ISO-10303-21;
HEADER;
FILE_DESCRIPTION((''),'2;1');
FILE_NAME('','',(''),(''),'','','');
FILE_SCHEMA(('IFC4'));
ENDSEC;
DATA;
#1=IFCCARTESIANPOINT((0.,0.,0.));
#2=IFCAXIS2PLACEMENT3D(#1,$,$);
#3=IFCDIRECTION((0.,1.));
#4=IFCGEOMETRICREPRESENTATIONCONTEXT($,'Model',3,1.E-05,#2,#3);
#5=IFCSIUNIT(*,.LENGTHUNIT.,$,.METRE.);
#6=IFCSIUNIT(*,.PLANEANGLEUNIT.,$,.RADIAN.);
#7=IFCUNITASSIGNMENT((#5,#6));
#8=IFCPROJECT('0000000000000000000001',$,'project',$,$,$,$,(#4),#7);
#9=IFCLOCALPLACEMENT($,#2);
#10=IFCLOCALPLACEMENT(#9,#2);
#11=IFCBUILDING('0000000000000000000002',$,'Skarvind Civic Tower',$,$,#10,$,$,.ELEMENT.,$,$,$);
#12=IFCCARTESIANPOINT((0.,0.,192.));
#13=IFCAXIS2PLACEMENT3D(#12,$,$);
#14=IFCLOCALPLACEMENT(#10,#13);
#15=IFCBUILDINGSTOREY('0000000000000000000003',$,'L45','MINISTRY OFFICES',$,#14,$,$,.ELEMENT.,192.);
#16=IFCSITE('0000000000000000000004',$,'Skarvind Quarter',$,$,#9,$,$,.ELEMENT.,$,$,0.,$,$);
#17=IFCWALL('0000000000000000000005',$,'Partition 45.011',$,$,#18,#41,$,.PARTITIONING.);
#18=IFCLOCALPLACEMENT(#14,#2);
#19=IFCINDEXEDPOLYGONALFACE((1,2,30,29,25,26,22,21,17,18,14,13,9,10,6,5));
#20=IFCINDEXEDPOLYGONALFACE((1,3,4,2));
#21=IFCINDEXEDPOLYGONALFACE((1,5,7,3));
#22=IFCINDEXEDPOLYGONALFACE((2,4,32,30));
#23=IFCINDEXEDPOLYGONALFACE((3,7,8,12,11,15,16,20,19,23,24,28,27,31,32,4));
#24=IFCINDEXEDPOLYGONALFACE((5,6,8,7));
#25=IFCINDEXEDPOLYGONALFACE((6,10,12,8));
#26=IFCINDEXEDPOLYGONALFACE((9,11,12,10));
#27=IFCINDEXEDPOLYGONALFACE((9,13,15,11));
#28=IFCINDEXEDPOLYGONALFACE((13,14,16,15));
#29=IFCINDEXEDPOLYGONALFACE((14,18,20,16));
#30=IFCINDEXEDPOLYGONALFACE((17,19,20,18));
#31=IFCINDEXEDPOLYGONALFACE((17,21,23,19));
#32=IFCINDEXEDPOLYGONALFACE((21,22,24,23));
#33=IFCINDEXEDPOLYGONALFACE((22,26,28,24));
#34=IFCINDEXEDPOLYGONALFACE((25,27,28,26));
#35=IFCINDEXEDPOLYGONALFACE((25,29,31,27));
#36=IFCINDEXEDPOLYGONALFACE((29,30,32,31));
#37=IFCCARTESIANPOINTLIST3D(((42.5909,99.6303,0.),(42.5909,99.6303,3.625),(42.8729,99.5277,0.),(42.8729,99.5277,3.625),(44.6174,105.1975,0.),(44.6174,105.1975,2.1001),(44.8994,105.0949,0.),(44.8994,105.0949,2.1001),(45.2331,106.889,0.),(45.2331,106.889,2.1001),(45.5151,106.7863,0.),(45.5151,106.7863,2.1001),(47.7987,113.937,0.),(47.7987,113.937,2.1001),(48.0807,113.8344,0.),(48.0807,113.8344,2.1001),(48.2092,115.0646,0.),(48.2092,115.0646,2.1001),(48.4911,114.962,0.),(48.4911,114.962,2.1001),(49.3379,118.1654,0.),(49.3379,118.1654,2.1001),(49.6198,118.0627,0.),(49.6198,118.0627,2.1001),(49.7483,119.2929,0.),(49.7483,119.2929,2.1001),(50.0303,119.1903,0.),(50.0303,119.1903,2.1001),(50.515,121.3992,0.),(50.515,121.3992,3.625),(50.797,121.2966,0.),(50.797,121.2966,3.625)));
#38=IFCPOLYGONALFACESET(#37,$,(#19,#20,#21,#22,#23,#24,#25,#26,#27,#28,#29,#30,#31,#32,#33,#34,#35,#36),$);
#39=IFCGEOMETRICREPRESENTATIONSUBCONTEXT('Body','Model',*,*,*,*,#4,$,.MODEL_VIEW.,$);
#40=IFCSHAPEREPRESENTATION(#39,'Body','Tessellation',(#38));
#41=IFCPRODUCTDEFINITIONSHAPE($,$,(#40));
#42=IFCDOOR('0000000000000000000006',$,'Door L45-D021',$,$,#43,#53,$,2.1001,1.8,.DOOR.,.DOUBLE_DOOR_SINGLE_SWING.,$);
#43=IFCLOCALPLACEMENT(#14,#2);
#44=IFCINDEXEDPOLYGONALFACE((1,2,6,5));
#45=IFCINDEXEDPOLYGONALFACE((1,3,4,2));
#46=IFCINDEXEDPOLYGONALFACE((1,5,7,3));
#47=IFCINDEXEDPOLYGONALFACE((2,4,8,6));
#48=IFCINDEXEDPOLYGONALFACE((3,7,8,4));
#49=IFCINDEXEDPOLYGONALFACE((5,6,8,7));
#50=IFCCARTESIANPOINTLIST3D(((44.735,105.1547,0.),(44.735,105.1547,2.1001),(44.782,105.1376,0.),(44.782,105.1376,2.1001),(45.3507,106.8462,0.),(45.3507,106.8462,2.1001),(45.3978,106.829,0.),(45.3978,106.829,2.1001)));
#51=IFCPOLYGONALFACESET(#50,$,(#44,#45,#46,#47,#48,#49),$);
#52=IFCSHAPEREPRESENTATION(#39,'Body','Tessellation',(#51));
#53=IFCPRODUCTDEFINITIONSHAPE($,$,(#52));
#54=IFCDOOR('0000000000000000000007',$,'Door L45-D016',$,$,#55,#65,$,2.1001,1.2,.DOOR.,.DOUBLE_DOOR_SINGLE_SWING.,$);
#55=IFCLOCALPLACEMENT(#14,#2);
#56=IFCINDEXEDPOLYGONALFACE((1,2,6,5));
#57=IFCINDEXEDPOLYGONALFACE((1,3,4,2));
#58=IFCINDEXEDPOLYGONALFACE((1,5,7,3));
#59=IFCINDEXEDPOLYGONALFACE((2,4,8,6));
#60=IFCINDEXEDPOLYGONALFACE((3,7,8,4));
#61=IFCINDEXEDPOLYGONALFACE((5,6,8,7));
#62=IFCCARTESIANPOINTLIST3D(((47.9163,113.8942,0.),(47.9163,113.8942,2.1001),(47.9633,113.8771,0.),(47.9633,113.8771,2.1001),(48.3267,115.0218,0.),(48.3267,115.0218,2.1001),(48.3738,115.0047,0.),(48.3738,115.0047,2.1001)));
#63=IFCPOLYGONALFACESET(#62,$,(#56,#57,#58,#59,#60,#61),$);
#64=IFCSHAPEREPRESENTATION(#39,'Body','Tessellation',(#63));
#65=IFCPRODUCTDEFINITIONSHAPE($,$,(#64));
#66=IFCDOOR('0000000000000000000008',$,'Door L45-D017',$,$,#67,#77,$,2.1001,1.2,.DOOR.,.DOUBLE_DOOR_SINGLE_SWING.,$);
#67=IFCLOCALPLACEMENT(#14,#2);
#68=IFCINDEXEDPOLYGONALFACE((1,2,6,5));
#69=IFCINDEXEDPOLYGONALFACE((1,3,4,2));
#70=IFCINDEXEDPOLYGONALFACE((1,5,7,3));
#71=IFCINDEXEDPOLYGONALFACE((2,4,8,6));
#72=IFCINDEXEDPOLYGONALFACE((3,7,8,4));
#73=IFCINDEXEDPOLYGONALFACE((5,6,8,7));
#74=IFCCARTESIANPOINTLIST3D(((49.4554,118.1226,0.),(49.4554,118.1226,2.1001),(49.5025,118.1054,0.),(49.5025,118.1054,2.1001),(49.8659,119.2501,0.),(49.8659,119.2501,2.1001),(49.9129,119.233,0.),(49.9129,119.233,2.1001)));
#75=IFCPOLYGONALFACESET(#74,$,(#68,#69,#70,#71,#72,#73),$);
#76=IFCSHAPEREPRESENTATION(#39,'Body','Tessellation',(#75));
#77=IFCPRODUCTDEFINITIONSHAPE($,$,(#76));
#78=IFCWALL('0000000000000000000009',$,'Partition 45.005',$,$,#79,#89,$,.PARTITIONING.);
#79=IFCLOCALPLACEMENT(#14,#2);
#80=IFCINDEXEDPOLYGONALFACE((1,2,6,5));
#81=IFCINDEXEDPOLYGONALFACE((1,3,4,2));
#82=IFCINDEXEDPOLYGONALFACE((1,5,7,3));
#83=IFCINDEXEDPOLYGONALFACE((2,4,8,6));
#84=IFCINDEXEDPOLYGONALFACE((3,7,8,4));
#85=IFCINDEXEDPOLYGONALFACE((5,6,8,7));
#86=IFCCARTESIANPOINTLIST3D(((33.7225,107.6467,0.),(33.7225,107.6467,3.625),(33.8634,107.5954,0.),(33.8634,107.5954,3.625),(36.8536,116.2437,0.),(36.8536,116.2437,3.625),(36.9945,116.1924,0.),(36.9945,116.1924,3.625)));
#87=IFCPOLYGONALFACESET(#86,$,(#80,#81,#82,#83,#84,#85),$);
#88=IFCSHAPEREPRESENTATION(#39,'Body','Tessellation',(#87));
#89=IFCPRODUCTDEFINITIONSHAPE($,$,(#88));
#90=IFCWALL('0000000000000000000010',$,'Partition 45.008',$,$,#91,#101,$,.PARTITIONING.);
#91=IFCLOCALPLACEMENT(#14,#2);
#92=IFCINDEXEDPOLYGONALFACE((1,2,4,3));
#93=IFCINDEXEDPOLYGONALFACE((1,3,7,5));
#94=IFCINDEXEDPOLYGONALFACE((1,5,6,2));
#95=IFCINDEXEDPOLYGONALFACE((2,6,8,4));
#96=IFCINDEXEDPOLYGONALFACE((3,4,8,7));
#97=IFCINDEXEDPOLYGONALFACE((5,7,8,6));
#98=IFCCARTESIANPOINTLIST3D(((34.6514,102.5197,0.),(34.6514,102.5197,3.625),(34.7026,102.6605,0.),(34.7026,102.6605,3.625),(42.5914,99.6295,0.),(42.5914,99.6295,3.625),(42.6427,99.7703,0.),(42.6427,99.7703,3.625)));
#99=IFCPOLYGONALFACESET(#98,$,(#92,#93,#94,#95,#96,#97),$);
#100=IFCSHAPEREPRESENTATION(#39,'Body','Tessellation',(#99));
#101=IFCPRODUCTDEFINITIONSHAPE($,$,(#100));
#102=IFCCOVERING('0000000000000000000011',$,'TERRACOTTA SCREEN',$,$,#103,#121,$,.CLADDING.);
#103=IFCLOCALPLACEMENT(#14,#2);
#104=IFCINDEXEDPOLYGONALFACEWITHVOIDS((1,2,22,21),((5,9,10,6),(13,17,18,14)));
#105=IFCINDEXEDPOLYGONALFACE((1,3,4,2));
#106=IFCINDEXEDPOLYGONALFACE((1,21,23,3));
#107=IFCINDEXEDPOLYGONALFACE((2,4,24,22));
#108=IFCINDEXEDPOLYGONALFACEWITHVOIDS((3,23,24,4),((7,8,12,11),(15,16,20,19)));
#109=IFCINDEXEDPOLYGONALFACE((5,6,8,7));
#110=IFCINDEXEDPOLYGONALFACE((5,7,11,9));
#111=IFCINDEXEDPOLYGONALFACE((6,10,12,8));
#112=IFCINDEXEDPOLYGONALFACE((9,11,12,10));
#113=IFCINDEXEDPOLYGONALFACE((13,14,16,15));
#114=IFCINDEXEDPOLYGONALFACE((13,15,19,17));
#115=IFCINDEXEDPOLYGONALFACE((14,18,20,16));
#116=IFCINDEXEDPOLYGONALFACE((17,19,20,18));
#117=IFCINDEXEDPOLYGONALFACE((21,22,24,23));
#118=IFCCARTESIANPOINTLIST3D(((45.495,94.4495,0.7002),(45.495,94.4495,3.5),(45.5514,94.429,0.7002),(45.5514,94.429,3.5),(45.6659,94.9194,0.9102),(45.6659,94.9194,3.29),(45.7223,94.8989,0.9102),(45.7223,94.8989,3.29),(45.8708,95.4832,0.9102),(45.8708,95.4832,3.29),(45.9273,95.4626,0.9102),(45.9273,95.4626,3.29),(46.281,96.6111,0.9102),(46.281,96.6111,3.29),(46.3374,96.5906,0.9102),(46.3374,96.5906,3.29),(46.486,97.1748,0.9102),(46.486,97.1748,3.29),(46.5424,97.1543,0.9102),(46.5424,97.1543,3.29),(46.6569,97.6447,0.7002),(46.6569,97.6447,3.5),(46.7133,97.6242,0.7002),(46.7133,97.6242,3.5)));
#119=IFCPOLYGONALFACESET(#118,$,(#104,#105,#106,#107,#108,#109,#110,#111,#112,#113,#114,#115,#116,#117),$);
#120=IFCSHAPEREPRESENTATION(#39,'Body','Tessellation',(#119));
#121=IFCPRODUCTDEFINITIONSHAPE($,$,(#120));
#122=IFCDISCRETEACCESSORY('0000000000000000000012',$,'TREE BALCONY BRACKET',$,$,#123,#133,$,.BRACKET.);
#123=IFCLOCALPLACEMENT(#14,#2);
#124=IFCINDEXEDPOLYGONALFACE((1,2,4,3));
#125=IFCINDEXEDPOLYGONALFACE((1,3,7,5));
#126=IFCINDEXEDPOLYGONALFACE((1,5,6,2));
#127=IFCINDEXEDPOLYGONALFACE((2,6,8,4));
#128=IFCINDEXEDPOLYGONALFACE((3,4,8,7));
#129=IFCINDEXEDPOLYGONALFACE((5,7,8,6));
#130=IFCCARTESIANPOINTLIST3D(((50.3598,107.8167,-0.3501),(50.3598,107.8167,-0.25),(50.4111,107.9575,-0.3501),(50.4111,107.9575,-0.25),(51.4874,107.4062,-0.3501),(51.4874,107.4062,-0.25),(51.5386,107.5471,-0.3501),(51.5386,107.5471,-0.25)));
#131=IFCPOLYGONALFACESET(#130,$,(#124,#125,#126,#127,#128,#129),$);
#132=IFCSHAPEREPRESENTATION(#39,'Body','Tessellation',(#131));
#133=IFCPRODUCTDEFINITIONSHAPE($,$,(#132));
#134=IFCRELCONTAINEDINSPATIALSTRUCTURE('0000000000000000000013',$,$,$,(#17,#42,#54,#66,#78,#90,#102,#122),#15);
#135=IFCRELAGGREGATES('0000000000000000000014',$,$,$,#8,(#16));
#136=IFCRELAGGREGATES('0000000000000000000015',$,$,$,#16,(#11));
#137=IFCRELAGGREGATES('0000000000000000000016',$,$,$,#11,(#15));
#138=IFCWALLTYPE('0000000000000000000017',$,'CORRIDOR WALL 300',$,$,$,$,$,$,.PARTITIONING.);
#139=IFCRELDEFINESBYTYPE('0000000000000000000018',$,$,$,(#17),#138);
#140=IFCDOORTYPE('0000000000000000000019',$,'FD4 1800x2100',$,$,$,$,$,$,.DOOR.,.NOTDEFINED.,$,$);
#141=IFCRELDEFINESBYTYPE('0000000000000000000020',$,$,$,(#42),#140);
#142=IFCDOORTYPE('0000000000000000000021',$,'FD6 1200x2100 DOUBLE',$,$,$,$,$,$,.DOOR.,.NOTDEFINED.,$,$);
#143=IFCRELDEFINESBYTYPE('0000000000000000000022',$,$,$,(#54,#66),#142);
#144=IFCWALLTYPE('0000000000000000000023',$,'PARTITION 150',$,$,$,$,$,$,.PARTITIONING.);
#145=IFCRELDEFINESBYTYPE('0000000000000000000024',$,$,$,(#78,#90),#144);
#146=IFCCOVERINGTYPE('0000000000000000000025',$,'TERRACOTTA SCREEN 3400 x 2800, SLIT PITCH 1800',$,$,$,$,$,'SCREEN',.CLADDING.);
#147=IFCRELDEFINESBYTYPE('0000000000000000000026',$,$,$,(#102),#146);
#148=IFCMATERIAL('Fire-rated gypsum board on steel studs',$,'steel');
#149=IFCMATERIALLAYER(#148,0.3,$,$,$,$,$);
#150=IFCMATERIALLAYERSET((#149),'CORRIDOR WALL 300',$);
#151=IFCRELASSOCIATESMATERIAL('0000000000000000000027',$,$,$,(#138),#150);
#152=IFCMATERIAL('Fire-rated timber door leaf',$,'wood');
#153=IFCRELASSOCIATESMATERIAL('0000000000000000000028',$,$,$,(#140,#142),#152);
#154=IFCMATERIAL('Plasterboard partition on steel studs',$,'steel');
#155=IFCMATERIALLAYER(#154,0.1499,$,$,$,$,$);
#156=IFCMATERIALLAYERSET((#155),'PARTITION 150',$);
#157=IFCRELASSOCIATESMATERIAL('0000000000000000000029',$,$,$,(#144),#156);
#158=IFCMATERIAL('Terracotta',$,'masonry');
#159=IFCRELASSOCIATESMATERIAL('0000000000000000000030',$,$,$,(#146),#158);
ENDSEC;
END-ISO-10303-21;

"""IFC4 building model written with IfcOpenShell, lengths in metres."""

from ifc_helpers import new_model, si_unit, direction, frame, frame_2d, origin, origin_2d, place, context, subcontext, project, spatial, polyline, rectangle, outline, extrude, material, layer, layer_set, material_profile, profile_set, type_object, element, fill, save


model = new_model("IFC4")

# Units and contexts
model_context = context("Model", 3, precision=1e-05, world=origin(), true_north=direction((0.0, 1.0)))
body_context = subcontext(model_context, "Body", "Model", "MODEL_VIEW")
ifc_project = project(units=[si_unit("LENGTHUNIT", "METRE"), si_unit("PLANEANGLEUNIT", "RADIAN")], contexts=[model_context])

# Site, building, storey
site_placement = place(None, origin())
site = spatial("IfcSite", under=ifc_project, at=site_placement, Name="Skarvind Quarter", CompositionType="ELEMENT", RefElevation=0.0)
building_placement = place(site_placement, origin())
building = spatial("IfcBuilding", under=site, at=building_placement, Name="Skarvind Civic Tower", CompositionType="ELEMENT")
storey_placement = place(building_placement, frame((0.0, 0.0, 192.0)))
storey = spatial("IfcBuildingStorey", under=building, at=storey_placement, Name="L45", Description="MINISTRY OFFICES", CompositionType="ELEMENT", Elevation=192.0)

# Wall, openings, doors
ifc_material_1 = material(Name="Fire-rated gypsum board on steel studs", Category="steel")
ifc_layer_1 = layer(ifc_material_1, 0.3)
ifc_layer_set_1 = layer_set([ifc_layer_1], Name="CORRIDOR WALL 300")
wall_type_1 = type_object("IfcWallType", Name="CORRIDOR WALL 300", PredefinedType="PARTITIONING", material=ifc_layer_set_1)
wall_1_placement = place(storey_placement, frame((42.7319, 99.5791, 0.0), z_axis=(0.0, 0.0, 1.0), x_axis=(0.342054, 0.93968, 0.0)))
wall_1 = element("IfcWall", 1, at=wall_1_placement, inside=storey, type_object=wall_type_1, Name="Partition 45.011", PredefinedType="PARTITIONING", context=body_context, shape_type="SweptSolid", body=[
    extrude(rectangle(XDim=23.1663, YDim=0.3, at=frame_2d((11.583, 0.0))), origin(), (0.0, 0.0, 1.0), 3.625),
])
opening_1_placement = place(wall_1_placement, frame((15.2249, 0.0, 0.0)))
opening_1 = element("IfcOpeningElement", 2, at=opening_1_placement, cuts=wall_1, PredefinedType="OPENING", context=body_context, shape_type="SweptSolid", body=[
    extrude(rectangle(XDim=1.2, YDim=2.1001, at=frame_2d((0.6001, 1.05))), frame((0.0, 0.1599, 0.0), z_axis=(0.0, -1.0, 0.0), x_axis=(1.0, 0.0, 0.0)), (0.0, 0.0, 1.0), 0.3201),
])
opening_2_placement = place(wall_1_placement, frame((19.7246, 0.0, 0.0)))
opening_2 = element("IfcOpeningElement", 3, at=opening_2_placement, cuts=wall_1, PredefinedType="OPENING", context=body_context, shape_type="SweptSolid", body=[
    extrude(rectangle(XDim=1.2, YDim=2.1001, at=frame_2d((0.6001, 1.05))), frame((0.0, 0.1599, 0.0), z_axis=(0.0, -1.0, 0.0), x_axis=(1.0, 0.0, 0.0)), (0.0, 0.0, 1.0), 0.3201),
])
opening_3_placement = place(wall_1_placement, frame((5.9246, 0.0, 0.0)))
opening_3 = element("IfcOpeningElement", 4, at=opening_3_placement, cuts=wall_1, PredefinedType="OPENING", context=body_context, shape_type="SweptSolid", body=[
    extrude(rectangle(XDim=1.8, YDim=2.1001, at=frame_2d((0.8999, 1.05))), frame((0.0, 0.1599, 0.0), z_axis=(0.0, -1.0, 0.0), x_axis=(1.0, 0.0, 0.0)), (0.0, 0.0, 1.0), 0.3201),
])
ifc_material_2 = material(Name="Fire-rated timber door leaf", Category="wood")
door_type_1 = type_object("IfcDoorType", Name="FD4 1800x2100", OperationType="NOTDEFINED", PredefinedType="DOOR", material=ifc_material_2)
door_1_placement = place(opening_3_placement, origin())
door_1 = element("IfcDoor", 5, at=door_1_placement, inside=storey, type_object=door_type_1, Name="Door L45-D021", OperationType="DOUBLE_DOOR_SINGLE_SWING", OverallHeight=2.1001, OverallWidth=1.8, PredefinedType="DOOR", context=body_context, shape_type="SweptSolid", body=[
    extrude(rectangle(XDim=1.8, YDim=2.1001, at=frame_2d((0.8999, 1.05))), frame((0.0, 0.0249, 0.0), z_axis=(0.0, -1.0, 0.0), x_axis=(1.0, 0.0, 0.0)), (0.0, 0.0, 1.0), 0.05),
])
fill(opening_3, door_1)
door_type_2 = type_object("IfcDoorType", Name="FD6 1200x2100 DOUBLE", OperationType="NOTDEFINED", PredefinedType="DOOR", material=ifc_material_2)
door_2_placement = place(opening_1_placement, origin())
door_2 = element("IfcDoor", 6, at=door_2_placement, inside=storey, type_object=door_type_2, Name="Door L45-D016", OperationType="DOUBLE_DOOR_SINGLE_SWING", OverallHeight=2.1001, OverallWidth=1.2, PredefinedType="DOOR", context=body_context, shape_type="SweptSolid", body=[
    extrude(rectangle(XDim=1.2, YDim=2.1001, at=frame_2d((0.6001, 1.05))), frame((0.0, 0.0249, 0.0), z_axis=(0.0, -1.0, 0.0), x_axis=(1.0, 0.0, 0.0)), (0.0, 0.0, 1.0), 0.05),
])
fill(opening_1, door_2)
door_3_placement = place(opening_2_placement, origin())
door_3 = element("IfcDoor", 7, at=door_3_placement, inside=storey, type_object=door_type_2, Name="Door L45-D017", OperationType="DOUBLE_DOOR_SINGLE_SWING", OverallHeight=2.1001, OverallWidth=1.2, PredefinedType="DOOR", context=body_context, shape_type="SweptSolid", body=[
    extrude(rectangle(XDim=1.2, YDim=2.1001, at=frame_2d((0.6001, 1.05))), frame((0.0, 0.0249, 0.0), z_axis=(0.0, -1.0, 0.0), x_axis=(1.0, 0.0, 0.0)), (0.0, 0.0, 1.0), 0.05),
])
fill(opening_2, door_3)

# Walls
ifc_material_3 = material(Name="Plasterboard partition on steel studs", Category="steel")
ifc_layer_2 = layer(ifc_material_3, 0.1499)
ifc_layer_set_2 = layer_set([ifc_layer_2], Name="PARTITION 150")
wall_type_2 = type_object("IfcWallType", Name="PARTITION 150", PredefinedType="PARTITIONING", material=ifc_layer_set_2)
wall_2_placement = place(storey_placement, frame((36.9241, 116.218, 0.0), z_axis=(0.0, 0.0, 1.0), x_axis=(-0.342221, -0.93962, 0.0)))
element("IfcWall", 8, at=wall_2_placement, inside=storey, type_object=wall_type_2, Name="Partition 45.005", PredefinedType="PARTITIONING", context=body_context, shape_type="SweptSolid", body=[
    extrude(rectangle(XDim=9.1494, YDim=0.1499, at=frame_2d((4.5747, 0.0))), origin(), (0.0, 0.0, 1.0), 3.625),
])
wall_3_placement = place(storey_placement, frame((34.677, 102.5901, 0.0), z_axis=(0.0, 0.0, 1.0), x_axis=(0.939684, -0.342045, 0.0)))
element("IfcWall", 9, at=wall_3_placement, inside=storey, type_object=wall_type_2, Name="Partition 45.008", PredefinedType="PARTITIONING", context=body_context, shape_type="SweptSolid", body=[
    extrude(rectangle(XDim=8.4497, YDim=0.1499, at=frame_2d((4.2249, 0.0))), origin(), (0.0, 0.0, 1.0), 3.625),
])

# Covering
ifc_material_4 = material(Name="Terracotta", Category="masonry")
ifc_material_profile_1 = material_profile(ifc_material_4, outline(polyline([(-1.7, -1.3999), (1.7, -1.3999), (1.7, 1.3999), (-1.7, 1.3999), (-1.7, -1.3999)]), holes=[polyline([(-1.2, -1.1899), (-0.6001, -1.1899), (-0.6001, 1.1899), (-1.2, 1.1899), (-1.2, -1.1899)]), polyline([(0.6001, -1.1899), (1.2, -1.1899), (1.2, 1.1899), (0.6001, 1.1899), (0.6001, -1.1899)])]), Name="TERRACOTTA SCREEN 3400 x 2800, SLIT PITCH 1800")
ifc_profile_set_1 = profile_set([ifc_material_profile_1], Name="Terracotta")
covering_type = type_object("IfcCoveringType", Name="TERRACOTTA SCREEN 3400 x 2800, SLIT PITCH 1800", ElementType="SCREEN", PredefinedType="CLADDING", material=ifc_profile_set_1)
covering_placement = place(storey_placement, frame((46.0759, 96.0471, 2.1001), z_axis=(0.939793, -0.341743, 0.0), x_axis=(0.341743, 0.939793, 0.0)))
element("IfcCovering", 10, at=covering_placement, inside=storey, type_object=covering_type, Name="TERRACOTTA SCREEN", PredefinedType="CLADDING", context=body_context, shape_type="SweptSolid", body=[
    extrude(outline(polyline([(-1.7, -1.3999), (1.7, -1.3999), (1.7, 1.3999), (-1.7, 1.3999), (-1.7, -1.3999)]), holes=[polyline([(-1.2, -1.1899), (-0.6001, -1.1899), (-0.6001, 1.1899), (-1.2, 1.1899), (-1.2, -1.1899)]), polyline([(0.6001, -1.1899), (1.2, -1.1899), (1.2, 1.1899), (0.6001, 1.1899), (0.6001, -1.1899)])]), origin(), (0.0, 0.0, 1.0), 0.0601),
])

# Discrete accessory
discrete_accessory_placement = place(storey_placement, frame((50.9492, 107.6819, -0.3501), z_axis=(0.0, 0.0, 1.0), x_axis=(-0.34202, -0.939693, 0.0)))
element("IfcDiscreteAccessory", 11, at=discrete_accessory_placement, inside=storey, Name="TREE BALCONY BRACKET", PredefinedType="BRACKET", context=body_context, shape_type="SweptSolid", body=[
    extrude(rectangle(XDim=0.1499, YDim=1.2, at=origin_2d()), origin(), (0.0, 0.0, 1.0), 0.1001),
])

save(model, "model.ifc")
